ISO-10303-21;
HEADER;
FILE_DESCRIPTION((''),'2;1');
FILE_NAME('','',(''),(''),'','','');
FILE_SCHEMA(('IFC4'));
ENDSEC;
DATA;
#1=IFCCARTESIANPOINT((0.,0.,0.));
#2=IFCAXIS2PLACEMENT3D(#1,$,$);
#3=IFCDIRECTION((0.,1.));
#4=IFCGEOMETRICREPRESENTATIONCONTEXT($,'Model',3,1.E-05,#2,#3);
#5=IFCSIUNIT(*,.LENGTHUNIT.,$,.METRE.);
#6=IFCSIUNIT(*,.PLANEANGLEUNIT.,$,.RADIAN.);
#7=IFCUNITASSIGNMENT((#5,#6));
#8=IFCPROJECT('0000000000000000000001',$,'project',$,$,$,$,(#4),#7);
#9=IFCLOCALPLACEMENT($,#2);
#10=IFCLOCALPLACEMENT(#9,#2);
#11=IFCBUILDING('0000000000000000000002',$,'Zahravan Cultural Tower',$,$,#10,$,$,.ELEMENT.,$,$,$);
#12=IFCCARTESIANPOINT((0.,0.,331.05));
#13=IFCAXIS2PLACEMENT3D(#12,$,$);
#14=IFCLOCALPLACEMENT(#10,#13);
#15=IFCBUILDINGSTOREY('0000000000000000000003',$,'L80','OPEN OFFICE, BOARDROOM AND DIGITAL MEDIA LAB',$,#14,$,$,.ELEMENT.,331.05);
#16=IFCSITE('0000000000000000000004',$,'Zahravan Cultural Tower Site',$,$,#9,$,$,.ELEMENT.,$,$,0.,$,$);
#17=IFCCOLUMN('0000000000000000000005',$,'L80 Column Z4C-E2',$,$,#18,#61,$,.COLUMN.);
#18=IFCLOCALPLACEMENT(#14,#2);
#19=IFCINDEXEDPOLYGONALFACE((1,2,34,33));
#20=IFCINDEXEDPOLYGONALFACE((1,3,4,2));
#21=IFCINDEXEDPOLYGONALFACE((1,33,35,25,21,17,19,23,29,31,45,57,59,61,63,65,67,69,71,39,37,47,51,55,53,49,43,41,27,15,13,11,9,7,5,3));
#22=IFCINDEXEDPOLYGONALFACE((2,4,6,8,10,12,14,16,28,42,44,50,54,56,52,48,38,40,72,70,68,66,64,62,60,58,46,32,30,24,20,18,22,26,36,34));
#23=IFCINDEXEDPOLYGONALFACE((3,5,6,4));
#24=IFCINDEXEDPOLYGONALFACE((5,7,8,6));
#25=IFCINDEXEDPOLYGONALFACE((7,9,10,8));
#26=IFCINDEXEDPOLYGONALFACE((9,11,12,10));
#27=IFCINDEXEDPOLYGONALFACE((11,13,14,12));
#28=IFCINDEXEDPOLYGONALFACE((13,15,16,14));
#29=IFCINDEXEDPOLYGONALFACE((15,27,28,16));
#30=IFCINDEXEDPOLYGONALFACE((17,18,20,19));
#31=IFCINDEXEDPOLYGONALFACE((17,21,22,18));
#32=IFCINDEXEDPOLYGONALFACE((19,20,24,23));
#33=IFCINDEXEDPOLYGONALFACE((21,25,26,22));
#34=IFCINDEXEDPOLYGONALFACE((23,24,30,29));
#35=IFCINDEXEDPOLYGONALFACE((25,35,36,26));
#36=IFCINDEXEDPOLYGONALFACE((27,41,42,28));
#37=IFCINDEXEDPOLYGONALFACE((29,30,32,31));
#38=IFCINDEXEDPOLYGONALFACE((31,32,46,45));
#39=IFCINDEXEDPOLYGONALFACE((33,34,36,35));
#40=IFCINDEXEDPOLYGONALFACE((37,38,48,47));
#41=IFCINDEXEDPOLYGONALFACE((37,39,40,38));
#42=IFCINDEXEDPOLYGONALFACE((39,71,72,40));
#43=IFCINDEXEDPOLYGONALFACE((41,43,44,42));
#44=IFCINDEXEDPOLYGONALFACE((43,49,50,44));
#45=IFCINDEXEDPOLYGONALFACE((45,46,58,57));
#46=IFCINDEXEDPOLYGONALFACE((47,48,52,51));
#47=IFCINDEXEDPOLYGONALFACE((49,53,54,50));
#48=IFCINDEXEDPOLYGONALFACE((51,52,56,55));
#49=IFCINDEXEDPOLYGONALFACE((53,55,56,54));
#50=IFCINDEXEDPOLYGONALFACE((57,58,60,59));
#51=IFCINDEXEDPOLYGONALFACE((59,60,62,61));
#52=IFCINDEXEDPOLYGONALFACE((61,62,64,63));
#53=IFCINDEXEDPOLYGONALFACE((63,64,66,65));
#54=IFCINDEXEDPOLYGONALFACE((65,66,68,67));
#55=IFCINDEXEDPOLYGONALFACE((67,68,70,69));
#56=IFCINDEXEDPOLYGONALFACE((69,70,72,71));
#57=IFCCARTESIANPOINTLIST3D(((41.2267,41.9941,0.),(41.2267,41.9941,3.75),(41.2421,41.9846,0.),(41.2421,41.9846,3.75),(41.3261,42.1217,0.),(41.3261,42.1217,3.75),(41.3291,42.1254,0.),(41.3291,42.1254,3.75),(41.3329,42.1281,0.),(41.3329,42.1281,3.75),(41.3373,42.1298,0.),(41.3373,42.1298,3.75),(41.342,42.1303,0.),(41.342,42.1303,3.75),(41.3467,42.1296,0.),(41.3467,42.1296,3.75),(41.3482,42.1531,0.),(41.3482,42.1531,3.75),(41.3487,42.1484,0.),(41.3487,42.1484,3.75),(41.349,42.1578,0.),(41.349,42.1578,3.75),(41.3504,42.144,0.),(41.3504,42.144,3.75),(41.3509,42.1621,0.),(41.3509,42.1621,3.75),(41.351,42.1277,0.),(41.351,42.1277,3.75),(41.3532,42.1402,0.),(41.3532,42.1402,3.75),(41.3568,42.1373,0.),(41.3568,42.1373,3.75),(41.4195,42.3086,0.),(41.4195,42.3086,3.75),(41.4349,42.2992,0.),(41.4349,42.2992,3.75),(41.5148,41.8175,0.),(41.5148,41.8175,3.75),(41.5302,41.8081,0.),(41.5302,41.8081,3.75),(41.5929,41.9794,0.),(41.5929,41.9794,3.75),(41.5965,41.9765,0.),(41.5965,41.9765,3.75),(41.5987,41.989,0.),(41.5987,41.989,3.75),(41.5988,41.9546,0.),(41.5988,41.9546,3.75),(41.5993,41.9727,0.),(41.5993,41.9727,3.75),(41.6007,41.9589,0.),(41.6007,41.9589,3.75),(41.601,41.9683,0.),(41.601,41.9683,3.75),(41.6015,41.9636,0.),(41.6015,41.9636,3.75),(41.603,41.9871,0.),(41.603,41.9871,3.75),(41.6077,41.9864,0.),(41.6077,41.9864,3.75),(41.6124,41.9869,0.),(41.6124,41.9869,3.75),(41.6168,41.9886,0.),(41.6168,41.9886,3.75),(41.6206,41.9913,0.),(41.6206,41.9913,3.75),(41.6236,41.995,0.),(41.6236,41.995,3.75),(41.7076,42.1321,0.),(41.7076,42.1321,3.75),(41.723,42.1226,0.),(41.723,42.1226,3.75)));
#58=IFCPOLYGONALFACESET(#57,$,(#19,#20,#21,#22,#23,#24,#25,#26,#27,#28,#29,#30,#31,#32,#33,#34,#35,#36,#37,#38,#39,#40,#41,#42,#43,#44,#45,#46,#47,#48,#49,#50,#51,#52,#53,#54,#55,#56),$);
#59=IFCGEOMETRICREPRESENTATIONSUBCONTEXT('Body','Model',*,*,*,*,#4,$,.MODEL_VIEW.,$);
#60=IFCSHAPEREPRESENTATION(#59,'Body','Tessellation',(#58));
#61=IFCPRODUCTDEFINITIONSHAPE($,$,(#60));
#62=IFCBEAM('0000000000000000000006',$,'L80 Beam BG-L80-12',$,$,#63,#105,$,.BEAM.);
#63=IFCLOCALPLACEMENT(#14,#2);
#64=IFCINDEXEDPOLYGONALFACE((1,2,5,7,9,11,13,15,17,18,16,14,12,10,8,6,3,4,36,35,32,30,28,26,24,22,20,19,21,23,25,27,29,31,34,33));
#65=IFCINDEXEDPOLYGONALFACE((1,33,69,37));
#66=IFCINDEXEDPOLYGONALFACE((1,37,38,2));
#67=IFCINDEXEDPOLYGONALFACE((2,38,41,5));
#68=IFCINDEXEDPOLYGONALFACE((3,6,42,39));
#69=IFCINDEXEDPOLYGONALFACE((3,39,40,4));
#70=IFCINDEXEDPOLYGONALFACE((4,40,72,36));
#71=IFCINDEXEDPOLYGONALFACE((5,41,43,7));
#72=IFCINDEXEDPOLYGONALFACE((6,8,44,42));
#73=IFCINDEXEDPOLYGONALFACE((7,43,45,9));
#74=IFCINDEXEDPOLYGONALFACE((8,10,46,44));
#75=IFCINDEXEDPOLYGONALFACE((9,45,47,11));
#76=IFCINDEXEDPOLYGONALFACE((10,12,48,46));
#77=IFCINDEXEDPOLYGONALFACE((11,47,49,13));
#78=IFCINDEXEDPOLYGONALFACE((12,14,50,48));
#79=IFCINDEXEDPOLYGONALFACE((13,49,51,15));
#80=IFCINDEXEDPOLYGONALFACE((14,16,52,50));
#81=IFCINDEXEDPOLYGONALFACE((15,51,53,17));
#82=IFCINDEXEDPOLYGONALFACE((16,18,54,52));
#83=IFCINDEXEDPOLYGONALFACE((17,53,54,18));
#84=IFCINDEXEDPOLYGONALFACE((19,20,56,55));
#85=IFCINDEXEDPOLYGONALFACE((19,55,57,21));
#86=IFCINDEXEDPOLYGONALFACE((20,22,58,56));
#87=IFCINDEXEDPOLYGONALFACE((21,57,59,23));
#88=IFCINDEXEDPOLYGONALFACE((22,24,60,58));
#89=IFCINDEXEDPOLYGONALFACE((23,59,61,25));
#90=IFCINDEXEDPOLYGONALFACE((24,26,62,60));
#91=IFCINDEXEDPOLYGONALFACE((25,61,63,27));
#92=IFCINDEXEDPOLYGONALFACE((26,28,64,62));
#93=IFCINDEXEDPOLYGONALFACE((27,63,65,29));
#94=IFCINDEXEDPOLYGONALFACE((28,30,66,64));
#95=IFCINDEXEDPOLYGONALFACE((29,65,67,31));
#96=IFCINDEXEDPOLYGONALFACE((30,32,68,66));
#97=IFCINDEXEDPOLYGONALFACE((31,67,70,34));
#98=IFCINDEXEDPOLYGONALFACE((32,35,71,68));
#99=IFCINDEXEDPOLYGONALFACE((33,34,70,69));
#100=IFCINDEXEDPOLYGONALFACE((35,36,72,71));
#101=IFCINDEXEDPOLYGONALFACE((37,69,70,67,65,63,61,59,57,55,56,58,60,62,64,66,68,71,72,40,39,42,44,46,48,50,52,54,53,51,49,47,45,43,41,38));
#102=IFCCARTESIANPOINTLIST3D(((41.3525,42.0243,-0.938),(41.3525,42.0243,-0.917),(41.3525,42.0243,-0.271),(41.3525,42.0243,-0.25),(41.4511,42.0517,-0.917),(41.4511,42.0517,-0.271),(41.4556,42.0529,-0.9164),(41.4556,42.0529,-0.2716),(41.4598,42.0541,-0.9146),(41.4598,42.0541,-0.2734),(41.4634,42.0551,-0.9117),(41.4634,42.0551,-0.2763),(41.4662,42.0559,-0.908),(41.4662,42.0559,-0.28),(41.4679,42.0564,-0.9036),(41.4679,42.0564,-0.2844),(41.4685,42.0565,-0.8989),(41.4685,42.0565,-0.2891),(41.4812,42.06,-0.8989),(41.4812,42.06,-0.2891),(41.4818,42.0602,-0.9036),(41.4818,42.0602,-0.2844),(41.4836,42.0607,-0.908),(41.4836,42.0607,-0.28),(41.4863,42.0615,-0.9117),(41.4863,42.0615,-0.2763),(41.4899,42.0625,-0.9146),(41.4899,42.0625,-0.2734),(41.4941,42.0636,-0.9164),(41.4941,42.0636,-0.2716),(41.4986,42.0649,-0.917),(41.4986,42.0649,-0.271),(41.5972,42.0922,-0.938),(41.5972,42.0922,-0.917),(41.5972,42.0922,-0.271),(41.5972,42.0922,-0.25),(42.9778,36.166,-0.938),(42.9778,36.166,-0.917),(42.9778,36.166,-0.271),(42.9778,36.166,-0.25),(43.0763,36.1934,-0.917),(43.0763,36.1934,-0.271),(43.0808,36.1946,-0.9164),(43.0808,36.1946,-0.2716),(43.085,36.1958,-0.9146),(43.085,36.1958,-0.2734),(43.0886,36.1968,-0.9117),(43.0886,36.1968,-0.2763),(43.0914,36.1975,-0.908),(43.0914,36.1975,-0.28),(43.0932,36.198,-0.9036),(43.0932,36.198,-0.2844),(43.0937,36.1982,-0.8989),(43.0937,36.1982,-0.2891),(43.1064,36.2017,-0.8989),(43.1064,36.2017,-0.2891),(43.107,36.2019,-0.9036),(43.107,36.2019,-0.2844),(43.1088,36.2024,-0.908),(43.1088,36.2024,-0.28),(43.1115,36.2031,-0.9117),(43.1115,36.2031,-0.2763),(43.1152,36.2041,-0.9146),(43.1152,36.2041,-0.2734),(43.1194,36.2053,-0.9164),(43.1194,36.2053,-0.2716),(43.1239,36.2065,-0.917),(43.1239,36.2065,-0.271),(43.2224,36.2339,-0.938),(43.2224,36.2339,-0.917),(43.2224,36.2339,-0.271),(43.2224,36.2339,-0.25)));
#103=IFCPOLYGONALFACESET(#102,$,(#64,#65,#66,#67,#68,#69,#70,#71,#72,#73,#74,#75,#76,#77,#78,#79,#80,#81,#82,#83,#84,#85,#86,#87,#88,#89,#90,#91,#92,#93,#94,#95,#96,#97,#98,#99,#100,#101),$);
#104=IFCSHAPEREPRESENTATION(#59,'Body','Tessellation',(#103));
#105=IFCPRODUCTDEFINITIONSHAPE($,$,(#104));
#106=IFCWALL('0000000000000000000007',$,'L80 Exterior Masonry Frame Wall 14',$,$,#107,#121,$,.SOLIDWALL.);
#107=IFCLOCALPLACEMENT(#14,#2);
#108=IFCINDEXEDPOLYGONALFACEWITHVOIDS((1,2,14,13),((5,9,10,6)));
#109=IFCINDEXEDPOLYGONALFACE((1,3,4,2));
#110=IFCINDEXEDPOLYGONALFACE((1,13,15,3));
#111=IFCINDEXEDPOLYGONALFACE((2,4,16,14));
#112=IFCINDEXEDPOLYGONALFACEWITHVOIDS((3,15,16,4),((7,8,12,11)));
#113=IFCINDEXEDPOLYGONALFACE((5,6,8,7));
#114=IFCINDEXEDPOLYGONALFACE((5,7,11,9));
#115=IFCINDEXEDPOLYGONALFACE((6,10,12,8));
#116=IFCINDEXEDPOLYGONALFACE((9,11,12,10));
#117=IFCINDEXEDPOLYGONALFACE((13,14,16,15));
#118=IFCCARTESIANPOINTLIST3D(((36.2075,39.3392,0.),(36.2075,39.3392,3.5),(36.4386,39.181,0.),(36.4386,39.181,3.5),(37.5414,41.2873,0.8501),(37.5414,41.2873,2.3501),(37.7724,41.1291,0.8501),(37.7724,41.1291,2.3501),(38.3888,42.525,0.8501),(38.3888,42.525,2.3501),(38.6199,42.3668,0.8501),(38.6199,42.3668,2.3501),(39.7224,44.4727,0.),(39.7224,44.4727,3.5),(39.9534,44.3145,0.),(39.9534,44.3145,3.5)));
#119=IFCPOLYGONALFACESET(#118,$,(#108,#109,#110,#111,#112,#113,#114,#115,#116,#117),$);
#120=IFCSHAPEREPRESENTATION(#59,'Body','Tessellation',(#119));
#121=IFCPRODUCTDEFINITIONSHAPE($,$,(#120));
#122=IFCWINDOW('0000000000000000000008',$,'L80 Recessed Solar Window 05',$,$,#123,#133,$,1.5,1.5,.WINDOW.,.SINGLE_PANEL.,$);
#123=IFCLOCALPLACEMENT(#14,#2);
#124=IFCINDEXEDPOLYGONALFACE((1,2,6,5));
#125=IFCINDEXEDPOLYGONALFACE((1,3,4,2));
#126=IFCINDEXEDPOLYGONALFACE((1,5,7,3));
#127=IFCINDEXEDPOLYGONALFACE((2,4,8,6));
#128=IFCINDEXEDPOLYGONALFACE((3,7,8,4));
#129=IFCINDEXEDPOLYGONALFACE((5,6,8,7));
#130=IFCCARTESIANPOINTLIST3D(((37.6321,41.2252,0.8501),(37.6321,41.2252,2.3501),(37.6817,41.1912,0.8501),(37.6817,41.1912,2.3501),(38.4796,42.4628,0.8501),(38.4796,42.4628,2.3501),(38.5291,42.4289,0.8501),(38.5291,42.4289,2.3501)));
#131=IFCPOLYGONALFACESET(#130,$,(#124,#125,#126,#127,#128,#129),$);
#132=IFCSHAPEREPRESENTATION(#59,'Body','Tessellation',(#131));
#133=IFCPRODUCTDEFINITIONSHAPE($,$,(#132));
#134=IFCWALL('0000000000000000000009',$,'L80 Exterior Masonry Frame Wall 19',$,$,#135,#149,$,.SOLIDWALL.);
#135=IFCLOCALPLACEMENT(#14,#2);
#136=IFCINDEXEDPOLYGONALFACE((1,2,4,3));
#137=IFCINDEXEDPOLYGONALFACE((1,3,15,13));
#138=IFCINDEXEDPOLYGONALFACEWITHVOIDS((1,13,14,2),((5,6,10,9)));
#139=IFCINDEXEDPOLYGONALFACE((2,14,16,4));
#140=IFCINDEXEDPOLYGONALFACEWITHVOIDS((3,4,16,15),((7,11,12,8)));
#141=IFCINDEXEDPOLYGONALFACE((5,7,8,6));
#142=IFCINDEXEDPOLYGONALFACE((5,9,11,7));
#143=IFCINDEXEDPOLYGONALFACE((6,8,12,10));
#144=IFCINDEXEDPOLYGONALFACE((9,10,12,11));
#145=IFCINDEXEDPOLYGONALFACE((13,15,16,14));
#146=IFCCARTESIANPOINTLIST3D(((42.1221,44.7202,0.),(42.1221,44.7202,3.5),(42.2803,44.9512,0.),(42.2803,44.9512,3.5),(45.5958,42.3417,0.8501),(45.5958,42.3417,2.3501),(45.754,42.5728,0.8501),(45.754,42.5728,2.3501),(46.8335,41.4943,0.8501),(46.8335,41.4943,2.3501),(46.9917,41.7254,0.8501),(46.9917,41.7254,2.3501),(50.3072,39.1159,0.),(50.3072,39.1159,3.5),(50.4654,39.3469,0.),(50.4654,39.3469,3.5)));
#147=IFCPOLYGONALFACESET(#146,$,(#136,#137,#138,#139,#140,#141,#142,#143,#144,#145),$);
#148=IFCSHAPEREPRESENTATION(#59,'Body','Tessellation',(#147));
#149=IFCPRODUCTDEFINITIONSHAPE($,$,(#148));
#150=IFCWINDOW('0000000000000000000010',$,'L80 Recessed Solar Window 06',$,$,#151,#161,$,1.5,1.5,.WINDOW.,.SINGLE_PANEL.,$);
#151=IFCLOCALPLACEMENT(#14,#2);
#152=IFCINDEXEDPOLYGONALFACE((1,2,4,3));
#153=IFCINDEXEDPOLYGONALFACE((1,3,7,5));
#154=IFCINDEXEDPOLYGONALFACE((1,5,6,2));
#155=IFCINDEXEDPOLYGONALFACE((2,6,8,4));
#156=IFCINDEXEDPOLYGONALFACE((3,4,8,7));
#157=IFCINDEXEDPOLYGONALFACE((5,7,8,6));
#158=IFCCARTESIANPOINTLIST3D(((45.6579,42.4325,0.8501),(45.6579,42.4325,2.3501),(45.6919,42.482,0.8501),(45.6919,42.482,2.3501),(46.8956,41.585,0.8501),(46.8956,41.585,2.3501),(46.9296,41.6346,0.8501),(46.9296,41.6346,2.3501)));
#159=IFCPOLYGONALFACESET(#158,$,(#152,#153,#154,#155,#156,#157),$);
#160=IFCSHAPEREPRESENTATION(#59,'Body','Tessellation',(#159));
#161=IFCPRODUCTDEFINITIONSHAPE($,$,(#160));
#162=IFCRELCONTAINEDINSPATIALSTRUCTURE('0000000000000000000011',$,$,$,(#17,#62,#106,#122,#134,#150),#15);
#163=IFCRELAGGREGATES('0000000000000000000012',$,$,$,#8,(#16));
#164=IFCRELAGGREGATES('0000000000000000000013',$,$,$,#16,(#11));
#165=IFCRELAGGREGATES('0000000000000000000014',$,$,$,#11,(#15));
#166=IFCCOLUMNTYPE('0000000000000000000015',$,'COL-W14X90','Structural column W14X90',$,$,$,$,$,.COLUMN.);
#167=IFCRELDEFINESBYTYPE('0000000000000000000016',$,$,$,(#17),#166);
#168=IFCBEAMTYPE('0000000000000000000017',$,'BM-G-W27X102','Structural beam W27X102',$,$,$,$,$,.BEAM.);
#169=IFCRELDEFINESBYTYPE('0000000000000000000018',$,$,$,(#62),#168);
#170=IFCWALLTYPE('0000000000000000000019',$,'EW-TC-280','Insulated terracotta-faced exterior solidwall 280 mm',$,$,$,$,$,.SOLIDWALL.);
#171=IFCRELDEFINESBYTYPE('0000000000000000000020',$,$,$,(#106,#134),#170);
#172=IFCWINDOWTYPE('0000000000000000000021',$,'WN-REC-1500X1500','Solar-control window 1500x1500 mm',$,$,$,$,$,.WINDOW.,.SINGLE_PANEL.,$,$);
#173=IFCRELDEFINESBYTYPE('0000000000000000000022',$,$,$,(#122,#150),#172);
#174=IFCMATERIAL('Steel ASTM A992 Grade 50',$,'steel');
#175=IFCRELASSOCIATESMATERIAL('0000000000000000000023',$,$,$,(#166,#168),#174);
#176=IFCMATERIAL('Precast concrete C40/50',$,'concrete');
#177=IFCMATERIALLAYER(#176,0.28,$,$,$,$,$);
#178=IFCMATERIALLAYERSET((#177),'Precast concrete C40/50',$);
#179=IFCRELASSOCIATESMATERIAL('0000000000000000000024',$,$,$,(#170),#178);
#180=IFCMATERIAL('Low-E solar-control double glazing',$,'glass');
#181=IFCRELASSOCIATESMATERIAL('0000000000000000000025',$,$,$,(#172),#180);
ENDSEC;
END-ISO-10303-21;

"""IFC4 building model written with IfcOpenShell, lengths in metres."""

from ifc_helpers import new_model, si_unit, direction, frame, frame_2d, origin, origin_2d, place, context, subcontext, project, spatial, rectangle, i_section, extrude, source, transform, mapped, material, layer, layer_set, material_profile, profile_set, type_object, element, fill, save


model = new_model("IFC4")

# Units and contexts
model_context = context("Model", 3, precision=1e-05, world=origin(), true_north=direction((0.0, 1.0)))
body_context = subcontext(model_context, "Body", "Model", "MODEL_VIEW")
ifc_project = project(units=[si_unit("LENGTHUNIT", "METRE"), si_unit("PLANEANGLEUNIT", "RADIAN")], contexts=[model_context])

# Site, building, storey
site_placement = place(None, origin())
site = spatial("IfcSite", under=ifc_project, at=site_placement, Name="Zahravan Cultural Tower Site", CompositionType="ELEMENT", RefElevation=0.0)
building_placement = place(site_placement, origin())
building = spatial("IfcBuilding", under=site, at=building_placement, Name="Zahravan Cultural Tower", CompositionType="ELEMENT")
storey_placement = place(building_placement, frame((0.0, 0.0, 331.05)))
storey = spatial("IfcBuildingStorey", under=building, at=storey_placement, Name="L80", Description="OPEN OFFICE, BOARDROOM AND DIGITAL MEDIA LAB", CompositionType="ELEMENT", Elevation=331.05)

# Column
ifc_material_1 = material(Name="Steel ASTM A992 Grade 50", Category="steel")
ifc_material_profile_1 = material_profile(ifc_material_1, i_section(OverallWidth=0.3689, OverallDepth=0.356, WebThickness=0.0112, FlangeThickness=0.0181, FilletRadius=0.0181, at=origin_2d()), Name="W14X90")
ifc_profile_set_1 = profile_set([ifc_material_profile_1], Name="Steel ASTM A992 Grade 50")
column_type = type_object("IfcColumnType", Name="COL-W14X90", Description="Structural column W14X90", PredefinedType="COLUMN", material=ifc_profile_set_1)
shared_shape_1 = source(origin(), body_context, "Body", "SweptSolid", [
    extrude(i_section(OverallWidth=0.3689, OverallDepth=0.356, WebThickness=0.0112, FlangeThickness=0.0181, FilletRadius=0.0181, at=origin_2d()), origin(), (0.0, 0.0, 1.0), 3.75),
])
column_placement = place(storey_placement, frame((41.4749, 42.0583, 0.0), z_axis=(0.0, 0.0, 1.0), x_axis=(0.522499, 0.85264, 0.0)))
element("IfcColumn", 1, at=column_placement, inside=storey, type_object=column_type, Name="L80 Column Z4C-E2", PredefinedType="COLUMN", context=body_context, shape_type="MappedRepresentation", body=[
    mapped(shared_shape_1, transform((0.0, 0.0, 0.0), x_axis=(1.0, 0.0, 0.0), y_axis=(0.0, 1.0, 0.0), z_axis=(0.0, 0.0, 1.0), scale=1.0)),
])

# Beam
ifc_material_profile_2 = material_profile(ifc_material_1, i_section(OverallWidth=0.2539, OverallDepth=0.688, WebThickness=0.0132, FlangeThickness=0.021, FilletRadius=0.0181, at=origin_2d()), Name="W27X102")
ifc_profile_set_2 = profile_set([ifc_material_profile_2], Name="Steel ASTM A992 Grade 50")
beam_type = type_object("IfcBeamType", Name="BM-G-W27X102", Description="Structural beam W27X102", PredefinedType="BEAM", material=ifc_profile_set_2)
shared_shape_2 = source(origin(), body_context, "Body", "SweptSolid", [
    extrude(i_section(OverallWidth=0.2539, OverallDepth=0.688, WebThickness=0.0132, FlangeThickness=0.021, FilletRadius=0.0181, at=origin_2d()), origin(), (0.0, 0.0, 1.0), 6.0796),
])
beam_placement = place(storey_placement, frame((43.1001, 36.2, -0.594), z_axis=(-0.267325, 0.963606, 0.0), x_axis=(-0.963606, -0.267325, 0.0)))
element("IfcBeam", 2, at=beam_placement, inside=storey, type_object=beam_type, Name="L80 Beam BG-L80-12", PredefinedType="BEAM", context=body_context, shape_type="MappedRepresentation", body=[
    mapped(shared_shape_2, transform((0.0, 0.0, 0.0), x_axis=(1.0, 0.0, 0.0), y_axis=(0.0, 1.0, 0.0), z_axis=(0.0, 0.0, 1.0), scale=1.0)),
])

# Walls, openings, windows
ifc_material_2 = material(Name="Precast concrete C40/50", Category="concrete")
ifc_layer_1 = layer(ifc_material_2, 0.28)
ifc_layer_set_1 = layer_set([ifc_layer_1], Name="Precast concrete C40/50")
wall_type_1 = type_object("IfcWallType", Name="EW-TC-280", Description="Insulated terracotta-faced exterior solidwall 280 mm", PredefinedType="SOLIDWALL", material=ifc_layer_set_1)
wall_1_placement = place(storey_placement, frame((36.323, 39.26, 0.0), z_axis=(0.0, 0.0, 1.0), x_axis=(0.564954, 0.825122, 0.0)))
wall_1 = element("IfcWall", 3, at=wall_1_placement, inside=storey, type_object=wall_type_1, Name="L80 Exterior Masonry Frame Wall 14", PredefinedType="SOLIDWALL", context=body_context, shape_type="SweptSolid", body=[
    extrude(rectangle(XDim=6.2214, YDim=0.28, at=frame_2d((3.1108, 0.0))), origin(), (0.0, 0.0, 1.0), 3.5),
])
opening_1_placement = place(wall_1_placement, frame((2.3611, 0.0, 0.8501)))
opening_1 = element("IfcOpeningElement", 4, at=opening_1_placement, cuts=wall_1, PredefinedType="OPENING", context=body_context, shape_type="SweptSolid", body=[
    extrude(rectangle(XDim=1.5, YDim=1.5, at=frame_2d((0.75, 0.75))), frame((0.0, 0.1499, 0.0), z_axis=(0.0, -1.0, 0.0), x_axis=(1.0, 0.0, 0.0)), (0.0, 0.0, 1.0), 0.3),
])
ifc_material_3 = material(Name="Low-E solar-control double glazing", Category="glass")
window_type = type_object("IfcWindowType", Name="WN-REC-1500X1500", Description="Solar-control window 1500x1500 mm", PartitioningType="SINGLE_PANEL", PredefinedType="WINDOW", material=ifc_material_3)
shared_shape_3 = source(origin(), body_context, "Body", "SweptSolid", [
    extrude(rectangle(XDim=1.5, YDim=1.5, at=frame_2d((0.75, 0.75))), frame((0.0, 0.03, 0.0), z_axis=(0.0, -1.0, 0.0), x_axis=(1.0, 0.0, 0.0)), (0.0, 0.0, 1.0), 0.0601),
])
window_1_placement = place(opening_1_placement, origin())
window_1 = element("IfcWindow", 5, at=window_1_placement, inside=storey, type_object=window_type, Name="L80 Recessed Solar Window 05", OverallHeight=1.5, OverallWidth=1.5, PartitioningType="SINGLE_PANEL", PredefinedType="WINDOW", context=body_context, shape_type="MappedRepresentation", body=[
    mapped(shared_shape_3, transform((0.0, 0.0, 0.0), x_axis=(1.0, 0.0, 0.0), y_axis=(0.0, 1.0, 0.0), z_axis=(0.0, 0.0, 1.0), scale=1.0)),
])
fill(opening_1, window_1)
wall_2_placement = place(storey_placement, frame((42.2012, 44.8357, 0.0), z_axis=(0.0, 0.0, 1.0), x_axis=(0.825122, -0.564955, 0.0)))
wall_2 = element("IfcWall", 6, at=wall_2_placement, inside=storey, type_object=wall_type_1, Name="L80 Exterior Masonry Frame Wall 19", PredefinedType="SOLIDWALL", context=body_context, shape_type="SweptSolid", body=[
    extrude(rectangle(XDim=9.9199, YDim=0.28, at=frame_2d((4.96, 0.0))), origin(), (0.0, 0.0, 1.0), 3.5),
])
opening_2_placement = place(wall_2_placement, frame((4.21, 0.0, 0.8501)))
opening_2 = element("IfcOpeningElement", 7, at=opening_2_placement, cuts=wall_2, PredefinedType="OPENING", context=body_context, shape_type="SweptSolid", body=[
    extrude(rectangle(XDim=1.5, YDim=1.5, at=frame_2d((0.75, 0.75))), frame((0.0, 0.1499, 0.0), z_axis=(0.0, -1.0, 0.0), x_axis=(1.0, 0.0, 0.0)), (0.0, 0.0, 1.0), 0.3),
])
window_2_placement = place(opening_2_placement, origin())
window_2 = element("IfcWindow", 8, at=window_2_placement, inside=storey, type_object=window_type, Name="L80 Recessed Solar Window 06", OverallHeight=1.5, OverallWidth=1.5, PartitioningType="SINGLE_PANEL", PredefinedType="WINDOW", context=body_context, shape_type="MappedRepresentation", body=[
    mapped(shared_shape_3, transform((0.0, 0.0, 0.0), x_axis=(1.0, 0.0, 0.0), y_axis=(0.0, 1.0, 0.0), z_axis=(0.0, 0.0, 1.0), scale=1.0)),
])
fill(opening_2, window_2)

save(model, "model.ifc")
